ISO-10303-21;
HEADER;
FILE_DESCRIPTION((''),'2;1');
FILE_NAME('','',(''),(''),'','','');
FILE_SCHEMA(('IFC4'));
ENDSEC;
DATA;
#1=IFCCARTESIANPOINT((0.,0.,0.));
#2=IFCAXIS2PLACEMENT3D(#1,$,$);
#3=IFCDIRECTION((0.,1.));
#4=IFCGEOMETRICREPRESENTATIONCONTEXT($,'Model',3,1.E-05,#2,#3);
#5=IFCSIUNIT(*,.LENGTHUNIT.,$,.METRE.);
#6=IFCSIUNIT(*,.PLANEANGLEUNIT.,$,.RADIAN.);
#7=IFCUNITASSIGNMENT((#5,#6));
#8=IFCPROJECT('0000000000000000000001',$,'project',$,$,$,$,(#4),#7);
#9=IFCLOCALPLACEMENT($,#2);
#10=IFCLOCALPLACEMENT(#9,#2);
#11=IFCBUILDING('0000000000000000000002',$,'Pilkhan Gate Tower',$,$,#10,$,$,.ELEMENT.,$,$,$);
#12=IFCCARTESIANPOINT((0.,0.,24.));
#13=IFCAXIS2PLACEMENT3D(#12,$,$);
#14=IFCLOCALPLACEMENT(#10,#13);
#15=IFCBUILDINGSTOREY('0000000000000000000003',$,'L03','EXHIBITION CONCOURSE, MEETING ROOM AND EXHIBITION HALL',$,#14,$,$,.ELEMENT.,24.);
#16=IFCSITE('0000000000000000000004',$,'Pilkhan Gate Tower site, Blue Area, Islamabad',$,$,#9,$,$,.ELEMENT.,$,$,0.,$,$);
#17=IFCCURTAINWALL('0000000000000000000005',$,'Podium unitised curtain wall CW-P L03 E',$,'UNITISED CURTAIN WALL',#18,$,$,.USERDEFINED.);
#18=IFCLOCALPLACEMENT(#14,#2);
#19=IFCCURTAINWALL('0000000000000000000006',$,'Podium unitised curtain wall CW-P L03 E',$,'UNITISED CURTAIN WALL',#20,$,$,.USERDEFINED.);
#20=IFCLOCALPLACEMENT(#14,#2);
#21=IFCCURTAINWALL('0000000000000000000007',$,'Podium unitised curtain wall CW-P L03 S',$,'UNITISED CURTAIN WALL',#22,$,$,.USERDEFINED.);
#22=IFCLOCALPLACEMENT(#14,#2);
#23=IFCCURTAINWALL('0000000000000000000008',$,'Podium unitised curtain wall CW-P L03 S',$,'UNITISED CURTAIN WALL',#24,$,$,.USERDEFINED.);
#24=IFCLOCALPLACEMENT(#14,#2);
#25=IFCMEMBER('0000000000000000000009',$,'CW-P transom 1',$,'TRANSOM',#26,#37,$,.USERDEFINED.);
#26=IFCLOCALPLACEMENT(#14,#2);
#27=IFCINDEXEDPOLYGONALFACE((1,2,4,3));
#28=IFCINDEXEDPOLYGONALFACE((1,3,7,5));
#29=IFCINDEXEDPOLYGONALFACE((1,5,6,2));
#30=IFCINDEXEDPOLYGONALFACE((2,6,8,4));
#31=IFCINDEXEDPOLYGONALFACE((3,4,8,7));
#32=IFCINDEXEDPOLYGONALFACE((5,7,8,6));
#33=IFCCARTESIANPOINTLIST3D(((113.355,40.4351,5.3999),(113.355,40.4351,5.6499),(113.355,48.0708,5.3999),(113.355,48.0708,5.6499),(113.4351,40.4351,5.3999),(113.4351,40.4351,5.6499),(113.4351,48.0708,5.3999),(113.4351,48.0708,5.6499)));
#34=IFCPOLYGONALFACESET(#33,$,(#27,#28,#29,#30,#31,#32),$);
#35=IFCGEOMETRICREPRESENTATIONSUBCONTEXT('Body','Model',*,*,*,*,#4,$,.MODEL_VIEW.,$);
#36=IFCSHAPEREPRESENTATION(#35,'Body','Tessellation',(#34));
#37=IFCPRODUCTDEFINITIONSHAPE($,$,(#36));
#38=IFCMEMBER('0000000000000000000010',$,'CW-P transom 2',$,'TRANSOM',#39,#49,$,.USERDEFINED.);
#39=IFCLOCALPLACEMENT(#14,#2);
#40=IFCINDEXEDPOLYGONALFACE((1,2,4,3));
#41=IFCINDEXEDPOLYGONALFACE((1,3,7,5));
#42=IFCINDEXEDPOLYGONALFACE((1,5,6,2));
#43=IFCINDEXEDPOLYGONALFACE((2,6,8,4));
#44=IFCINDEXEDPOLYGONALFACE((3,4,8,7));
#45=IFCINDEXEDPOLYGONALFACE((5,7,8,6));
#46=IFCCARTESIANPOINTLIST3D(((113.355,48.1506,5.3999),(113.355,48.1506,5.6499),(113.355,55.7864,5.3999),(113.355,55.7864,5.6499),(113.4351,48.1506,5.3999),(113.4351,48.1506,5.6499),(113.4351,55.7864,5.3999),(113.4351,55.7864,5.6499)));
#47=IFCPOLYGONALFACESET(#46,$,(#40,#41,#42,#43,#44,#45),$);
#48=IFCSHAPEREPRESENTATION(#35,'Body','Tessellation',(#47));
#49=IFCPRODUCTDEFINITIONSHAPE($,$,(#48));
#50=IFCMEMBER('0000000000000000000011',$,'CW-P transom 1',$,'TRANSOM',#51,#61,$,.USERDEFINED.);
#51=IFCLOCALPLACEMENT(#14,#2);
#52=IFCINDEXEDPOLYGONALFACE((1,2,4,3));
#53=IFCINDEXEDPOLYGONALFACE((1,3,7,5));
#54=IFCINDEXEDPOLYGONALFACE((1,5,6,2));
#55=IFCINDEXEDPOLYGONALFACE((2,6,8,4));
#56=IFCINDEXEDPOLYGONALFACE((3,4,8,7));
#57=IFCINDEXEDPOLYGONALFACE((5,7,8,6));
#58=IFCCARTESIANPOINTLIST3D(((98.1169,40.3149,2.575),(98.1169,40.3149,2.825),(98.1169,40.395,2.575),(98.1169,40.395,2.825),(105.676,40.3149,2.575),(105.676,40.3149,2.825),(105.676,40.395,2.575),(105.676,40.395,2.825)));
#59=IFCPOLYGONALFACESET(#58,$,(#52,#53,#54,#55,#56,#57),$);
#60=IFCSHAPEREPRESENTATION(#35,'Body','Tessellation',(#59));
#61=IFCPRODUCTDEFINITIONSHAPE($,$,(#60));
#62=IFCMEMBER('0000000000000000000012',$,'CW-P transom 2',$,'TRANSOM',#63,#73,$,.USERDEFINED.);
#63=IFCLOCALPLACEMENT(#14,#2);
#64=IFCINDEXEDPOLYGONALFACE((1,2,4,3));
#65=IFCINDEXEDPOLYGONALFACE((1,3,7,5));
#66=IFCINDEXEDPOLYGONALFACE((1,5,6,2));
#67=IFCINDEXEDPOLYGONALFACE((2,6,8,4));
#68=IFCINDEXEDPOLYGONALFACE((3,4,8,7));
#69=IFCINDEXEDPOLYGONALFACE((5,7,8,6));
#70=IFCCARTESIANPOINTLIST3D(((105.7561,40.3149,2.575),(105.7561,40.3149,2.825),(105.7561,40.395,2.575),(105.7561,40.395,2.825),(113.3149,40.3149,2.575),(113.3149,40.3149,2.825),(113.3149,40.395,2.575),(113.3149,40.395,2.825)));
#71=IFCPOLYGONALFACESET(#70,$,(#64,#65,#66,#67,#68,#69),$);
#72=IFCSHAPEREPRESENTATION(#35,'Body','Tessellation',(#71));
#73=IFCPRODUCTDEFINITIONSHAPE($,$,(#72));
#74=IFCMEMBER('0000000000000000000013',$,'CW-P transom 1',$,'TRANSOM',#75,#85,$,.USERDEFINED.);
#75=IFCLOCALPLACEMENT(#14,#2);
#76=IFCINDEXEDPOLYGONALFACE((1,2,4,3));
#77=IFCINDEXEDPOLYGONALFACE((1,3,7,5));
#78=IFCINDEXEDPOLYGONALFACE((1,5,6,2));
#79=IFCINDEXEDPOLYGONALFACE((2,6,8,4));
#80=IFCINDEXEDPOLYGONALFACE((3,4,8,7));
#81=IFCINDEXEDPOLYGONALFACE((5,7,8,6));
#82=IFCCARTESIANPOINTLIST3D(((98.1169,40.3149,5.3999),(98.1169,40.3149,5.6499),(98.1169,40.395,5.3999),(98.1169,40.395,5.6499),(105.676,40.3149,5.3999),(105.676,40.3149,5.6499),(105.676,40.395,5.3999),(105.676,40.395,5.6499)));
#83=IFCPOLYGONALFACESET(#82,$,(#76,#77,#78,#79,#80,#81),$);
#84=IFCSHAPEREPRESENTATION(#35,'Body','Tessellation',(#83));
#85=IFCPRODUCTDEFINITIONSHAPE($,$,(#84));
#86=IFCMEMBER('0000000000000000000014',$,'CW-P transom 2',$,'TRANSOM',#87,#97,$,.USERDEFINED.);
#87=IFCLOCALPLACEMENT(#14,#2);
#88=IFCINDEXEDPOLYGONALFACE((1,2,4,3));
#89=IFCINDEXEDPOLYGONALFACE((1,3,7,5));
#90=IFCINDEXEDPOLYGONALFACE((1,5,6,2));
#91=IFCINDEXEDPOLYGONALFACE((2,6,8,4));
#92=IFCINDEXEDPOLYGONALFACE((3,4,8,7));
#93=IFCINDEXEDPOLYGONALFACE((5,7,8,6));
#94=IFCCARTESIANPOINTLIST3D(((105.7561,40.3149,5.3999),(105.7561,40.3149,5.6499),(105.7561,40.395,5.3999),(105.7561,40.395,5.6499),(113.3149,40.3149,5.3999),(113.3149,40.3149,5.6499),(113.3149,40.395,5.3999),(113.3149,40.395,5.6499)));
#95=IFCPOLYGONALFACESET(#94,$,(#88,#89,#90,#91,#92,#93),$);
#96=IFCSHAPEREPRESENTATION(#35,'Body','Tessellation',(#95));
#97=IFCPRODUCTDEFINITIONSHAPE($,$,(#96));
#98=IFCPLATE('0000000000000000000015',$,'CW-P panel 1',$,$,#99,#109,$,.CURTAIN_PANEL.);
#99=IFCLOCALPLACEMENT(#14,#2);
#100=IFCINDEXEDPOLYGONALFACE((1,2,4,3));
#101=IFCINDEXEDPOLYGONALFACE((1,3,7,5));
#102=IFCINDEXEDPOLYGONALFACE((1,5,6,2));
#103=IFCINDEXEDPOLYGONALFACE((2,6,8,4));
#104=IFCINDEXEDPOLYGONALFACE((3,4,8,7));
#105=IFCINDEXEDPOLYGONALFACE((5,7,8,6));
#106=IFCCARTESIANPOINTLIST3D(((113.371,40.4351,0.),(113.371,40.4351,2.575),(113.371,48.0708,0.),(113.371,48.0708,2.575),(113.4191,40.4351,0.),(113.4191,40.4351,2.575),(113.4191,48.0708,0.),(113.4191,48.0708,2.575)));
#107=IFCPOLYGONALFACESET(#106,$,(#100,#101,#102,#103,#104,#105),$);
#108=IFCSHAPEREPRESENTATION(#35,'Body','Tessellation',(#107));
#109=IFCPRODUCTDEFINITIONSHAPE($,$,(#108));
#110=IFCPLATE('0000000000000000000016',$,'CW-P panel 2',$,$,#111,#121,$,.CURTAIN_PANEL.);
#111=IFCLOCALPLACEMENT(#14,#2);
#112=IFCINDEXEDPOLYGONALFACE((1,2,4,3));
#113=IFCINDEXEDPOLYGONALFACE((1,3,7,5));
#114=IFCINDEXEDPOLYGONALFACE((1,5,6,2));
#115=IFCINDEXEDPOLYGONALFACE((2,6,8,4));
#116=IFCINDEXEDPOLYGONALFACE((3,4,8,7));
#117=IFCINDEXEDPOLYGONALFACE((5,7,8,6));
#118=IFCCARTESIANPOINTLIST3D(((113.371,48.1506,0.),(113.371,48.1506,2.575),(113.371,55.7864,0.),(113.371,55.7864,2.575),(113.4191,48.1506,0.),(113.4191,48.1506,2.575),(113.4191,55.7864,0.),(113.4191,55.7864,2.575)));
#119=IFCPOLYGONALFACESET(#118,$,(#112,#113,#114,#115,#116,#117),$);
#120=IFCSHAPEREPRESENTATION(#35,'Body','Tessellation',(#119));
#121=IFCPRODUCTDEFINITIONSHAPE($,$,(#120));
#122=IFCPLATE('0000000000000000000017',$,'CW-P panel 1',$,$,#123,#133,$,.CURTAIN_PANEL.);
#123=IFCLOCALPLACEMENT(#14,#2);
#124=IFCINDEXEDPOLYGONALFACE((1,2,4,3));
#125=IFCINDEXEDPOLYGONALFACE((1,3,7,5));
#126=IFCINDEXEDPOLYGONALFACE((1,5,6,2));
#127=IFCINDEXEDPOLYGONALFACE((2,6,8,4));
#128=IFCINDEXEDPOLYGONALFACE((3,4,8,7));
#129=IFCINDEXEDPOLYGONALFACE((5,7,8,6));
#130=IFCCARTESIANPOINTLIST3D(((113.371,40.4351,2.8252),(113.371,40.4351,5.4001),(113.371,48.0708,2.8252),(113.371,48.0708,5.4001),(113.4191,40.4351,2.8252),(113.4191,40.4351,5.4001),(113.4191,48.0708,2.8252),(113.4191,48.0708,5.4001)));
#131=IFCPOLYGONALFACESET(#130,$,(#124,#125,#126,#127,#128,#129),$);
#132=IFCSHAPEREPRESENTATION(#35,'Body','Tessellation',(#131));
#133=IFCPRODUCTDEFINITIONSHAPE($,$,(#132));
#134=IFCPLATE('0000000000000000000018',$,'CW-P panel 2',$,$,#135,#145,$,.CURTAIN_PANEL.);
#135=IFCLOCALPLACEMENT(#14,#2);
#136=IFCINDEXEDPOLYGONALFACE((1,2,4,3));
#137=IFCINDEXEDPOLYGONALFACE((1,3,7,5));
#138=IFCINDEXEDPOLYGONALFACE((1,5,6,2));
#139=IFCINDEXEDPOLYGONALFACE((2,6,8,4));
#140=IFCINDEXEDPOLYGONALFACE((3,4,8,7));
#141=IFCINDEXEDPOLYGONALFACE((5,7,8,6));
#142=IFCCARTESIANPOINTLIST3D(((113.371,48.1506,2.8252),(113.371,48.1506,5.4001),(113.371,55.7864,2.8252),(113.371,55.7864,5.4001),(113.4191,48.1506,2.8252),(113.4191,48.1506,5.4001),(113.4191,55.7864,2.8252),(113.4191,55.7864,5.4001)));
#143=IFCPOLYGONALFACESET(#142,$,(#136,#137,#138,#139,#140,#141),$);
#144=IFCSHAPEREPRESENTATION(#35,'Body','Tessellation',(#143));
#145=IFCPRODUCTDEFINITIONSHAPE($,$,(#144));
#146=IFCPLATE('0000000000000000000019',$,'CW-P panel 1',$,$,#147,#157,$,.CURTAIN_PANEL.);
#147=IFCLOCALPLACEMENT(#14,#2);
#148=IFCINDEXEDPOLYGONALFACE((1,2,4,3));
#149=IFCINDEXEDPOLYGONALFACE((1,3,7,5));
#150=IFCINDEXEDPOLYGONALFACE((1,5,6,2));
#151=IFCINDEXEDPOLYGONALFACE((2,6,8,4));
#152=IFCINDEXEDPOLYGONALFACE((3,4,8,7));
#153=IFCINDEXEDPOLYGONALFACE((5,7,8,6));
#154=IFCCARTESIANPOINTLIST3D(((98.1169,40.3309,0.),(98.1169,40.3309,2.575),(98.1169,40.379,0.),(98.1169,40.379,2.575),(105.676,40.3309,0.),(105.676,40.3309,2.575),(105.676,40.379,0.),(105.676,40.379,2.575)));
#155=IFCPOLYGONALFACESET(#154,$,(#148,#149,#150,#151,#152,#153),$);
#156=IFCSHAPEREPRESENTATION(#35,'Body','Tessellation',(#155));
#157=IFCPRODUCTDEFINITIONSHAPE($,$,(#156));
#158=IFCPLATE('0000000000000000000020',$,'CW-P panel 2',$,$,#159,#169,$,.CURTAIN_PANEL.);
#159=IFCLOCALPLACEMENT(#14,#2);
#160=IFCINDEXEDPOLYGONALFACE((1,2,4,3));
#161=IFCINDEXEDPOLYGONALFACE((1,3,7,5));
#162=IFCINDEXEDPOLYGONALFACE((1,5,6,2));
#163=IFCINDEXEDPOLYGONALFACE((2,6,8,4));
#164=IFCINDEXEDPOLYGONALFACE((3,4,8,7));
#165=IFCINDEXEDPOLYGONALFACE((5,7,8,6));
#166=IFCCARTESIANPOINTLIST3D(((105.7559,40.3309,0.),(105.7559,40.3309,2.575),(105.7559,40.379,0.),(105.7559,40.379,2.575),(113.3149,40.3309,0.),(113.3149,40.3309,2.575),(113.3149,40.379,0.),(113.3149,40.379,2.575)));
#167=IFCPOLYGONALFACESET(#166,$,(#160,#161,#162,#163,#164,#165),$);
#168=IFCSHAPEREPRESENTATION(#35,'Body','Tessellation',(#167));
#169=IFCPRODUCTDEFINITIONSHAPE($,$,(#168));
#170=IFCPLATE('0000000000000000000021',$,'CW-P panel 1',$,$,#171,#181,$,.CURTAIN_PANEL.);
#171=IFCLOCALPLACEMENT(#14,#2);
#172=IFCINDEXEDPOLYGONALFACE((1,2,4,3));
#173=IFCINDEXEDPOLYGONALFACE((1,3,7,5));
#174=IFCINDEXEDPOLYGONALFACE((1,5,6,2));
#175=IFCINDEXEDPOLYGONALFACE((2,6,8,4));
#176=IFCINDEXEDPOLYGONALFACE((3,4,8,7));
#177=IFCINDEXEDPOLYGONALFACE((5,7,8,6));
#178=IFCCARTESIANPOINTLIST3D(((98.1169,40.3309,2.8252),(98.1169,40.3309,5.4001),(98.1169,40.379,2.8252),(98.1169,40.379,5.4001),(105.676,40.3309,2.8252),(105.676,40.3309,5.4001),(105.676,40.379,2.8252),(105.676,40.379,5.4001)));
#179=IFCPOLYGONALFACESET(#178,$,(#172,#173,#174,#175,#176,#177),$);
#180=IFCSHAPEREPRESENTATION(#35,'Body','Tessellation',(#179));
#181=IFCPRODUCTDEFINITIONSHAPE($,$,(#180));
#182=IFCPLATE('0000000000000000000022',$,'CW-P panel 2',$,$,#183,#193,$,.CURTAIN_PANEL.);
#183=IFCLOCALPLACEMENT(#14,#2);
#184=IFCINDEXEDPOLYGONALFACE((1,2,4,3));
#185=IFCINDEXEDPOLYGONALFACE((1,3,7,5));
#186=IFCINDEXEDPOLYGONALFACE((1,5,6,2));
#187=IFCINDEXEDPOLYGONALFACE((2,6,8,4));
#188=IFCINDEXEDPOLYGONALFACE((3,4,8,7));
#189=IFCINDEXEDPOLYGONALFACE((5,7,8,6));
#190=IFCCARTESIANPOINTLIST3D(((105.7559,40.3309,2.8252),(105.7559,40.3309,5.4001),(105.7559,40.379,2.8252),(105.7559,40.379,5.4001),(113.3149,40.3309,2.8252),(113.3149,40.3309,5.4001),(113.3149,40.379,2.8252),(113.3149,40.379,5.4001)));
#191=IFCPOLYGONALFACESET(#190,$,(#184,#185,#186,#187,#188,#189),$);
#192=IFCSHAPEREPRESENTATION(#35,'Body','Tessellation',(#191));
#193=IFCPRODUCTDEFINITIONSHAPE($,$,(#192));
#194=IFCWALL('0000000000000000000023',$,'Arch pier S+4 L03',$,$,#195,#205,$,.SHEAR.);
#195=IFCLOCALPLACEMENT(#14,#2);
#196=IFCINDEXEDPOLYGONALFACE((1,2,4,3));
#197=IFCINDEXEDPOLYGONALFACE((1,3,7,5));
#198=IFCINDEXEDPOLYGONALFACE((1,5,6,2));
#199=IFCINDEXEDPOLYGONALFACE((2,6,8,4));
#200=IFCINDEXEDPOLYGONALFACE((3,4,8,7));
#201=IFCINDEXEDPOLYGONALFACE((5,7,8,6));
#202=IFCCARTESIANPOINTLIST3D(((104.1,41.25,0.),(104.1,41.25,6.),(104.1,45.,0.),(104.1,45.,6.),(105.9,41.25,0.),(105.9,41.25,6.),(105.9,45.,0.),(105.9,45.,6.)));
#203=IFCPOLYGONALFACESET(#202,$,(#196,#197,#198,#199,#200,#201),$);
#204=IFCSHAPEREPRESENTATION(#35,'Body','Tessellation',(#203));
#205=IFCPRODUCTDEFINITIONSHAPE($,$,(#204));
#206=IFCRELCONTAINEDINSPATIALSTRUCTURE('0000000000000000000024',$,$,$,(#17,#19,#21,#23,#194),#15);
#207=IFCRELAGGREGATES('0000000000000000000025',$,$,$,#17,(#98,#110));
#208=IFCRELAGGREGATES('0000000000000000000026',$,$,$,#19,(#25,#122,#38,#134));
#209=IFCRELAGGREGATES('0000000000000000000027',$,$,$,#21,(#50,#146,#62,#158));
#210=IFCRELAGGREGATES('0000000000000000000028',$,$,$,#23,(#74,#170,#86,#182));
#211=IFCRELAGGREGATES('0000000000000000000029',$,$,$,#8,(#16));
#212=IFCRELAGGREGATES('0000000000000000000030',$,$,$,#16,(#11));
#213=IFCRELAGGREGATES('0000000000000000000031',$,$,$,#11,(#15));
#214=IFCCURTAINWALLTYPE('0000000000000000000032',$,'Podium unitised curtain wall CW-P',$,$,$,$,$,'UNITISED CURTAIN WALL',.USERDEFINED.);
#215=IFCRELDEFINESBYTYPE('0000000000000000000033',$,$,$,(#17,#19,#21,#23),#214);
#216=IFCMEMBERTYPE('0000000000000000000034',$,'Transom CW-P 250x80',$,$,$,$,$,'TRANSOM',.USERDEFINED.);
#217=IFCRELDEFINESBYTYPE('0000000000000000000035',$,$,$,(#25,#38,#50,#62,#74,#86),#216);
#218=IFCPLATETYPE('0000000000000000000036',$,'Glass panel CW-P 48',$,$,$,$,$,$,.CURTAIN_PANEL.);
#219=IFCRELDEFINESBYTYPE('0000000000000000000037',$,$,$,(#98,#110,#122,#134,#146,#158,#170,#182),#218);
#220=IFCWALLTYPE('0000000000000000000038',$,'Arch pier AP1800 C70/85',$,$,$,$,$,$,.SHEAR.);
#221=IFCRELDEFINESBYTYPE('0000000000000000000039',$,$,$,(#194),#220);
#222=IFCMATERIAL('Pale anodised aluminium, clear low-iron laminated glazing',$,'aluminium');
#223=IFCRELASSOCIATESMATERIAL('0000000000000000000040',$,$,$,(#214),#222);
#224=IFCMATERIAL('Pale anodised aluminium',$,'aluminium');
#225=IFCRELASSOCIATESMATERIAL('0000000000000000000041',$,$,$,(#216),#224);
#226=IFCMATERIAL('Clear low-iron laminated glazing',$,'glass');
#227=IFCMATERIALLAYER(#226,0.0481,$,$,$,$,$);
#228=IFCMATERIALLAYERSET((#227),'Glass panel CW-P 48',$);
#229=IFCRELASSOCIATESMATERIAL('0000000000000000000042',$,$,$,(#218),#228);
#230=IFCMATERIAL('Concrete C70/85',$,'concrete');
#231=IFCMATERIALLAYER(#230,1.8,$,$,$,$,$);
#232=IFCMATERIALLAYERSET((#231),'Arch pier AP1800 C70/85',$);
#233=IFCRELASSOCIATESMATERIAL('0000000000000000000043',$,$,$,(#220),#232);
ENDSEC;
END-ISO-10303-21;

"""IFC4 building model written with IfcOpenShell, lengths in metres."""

from ifc_helpers import new_model, si_unit, direction, frame, frame_2d, origin, origin_2d, place, context, subcontext, project, spatial, rectangle, extrude, material, layer, layer_set, material_profile, profile_set, type_object, element, aggregate, save


model = new_model("IFC4")

# Units and contexts
model_context = context("Model", 3, precision=1e-05, world=origin(), true_north=direction((0.0, 1.0)))
body_context = subcontext(model_context, "Body", "Model", "MODEL_VIEW")
ifc_project = project(units=[si_unit("LENGTHUNIT", "METRE"), si_unit("PLANEANGLEUNIT", "RADIAN")], contexts=[model_context])

# Site, building, storey
site_placement = place(None, origin())
site = spatial("IfcSite", under=ifc_project, at=site_placement, Name="Pilkhan Gate Tower site, Blue Area, Islamabad", CompositionType="ELEMENT", RefElevation=0.0)
building_placement = place(site_placement, origin())
building = spatial("IfcBuilding", under=site, at=building_placement, Name="Pilkhan Gate Tower", CompositionType="ELEMENT")
storey_placement = place(building_placement, frame((0.0, 0.0, 24.0)))
storey = spatial("IfcBuildingStorey", under=building, at=storey_placement, Name="L03", Description="EXHIBITION CONCOURSE, MEETING ROOM AND EXHIBITION HALL", CompositionType="ELEMENT", Elevation=24.0)

# Curtain walls
ifc_material_1 = material(Name="Pale anodised aluminium, clear low-iron laminated glazing", Category="aluminium")
curtain_wall_type = type_object("IfcCurtainWallType", Name="Podium unitised curtain wall CW-P", ElementType="UNITISED CURTAIN WALL", PredefinedType="USERDEFINED", material=ifc_material_1)
curtain_wall_1_placement = place(storey_placement, origin())
curtain_wall_1 = element("IfcCurtainWall", 1, at=curtain_wall_1_placement, inside=storey, type_object=curtain_wall_type, Name="Podium unitised curtain wall CW-P L03 E", ObjectType="UNITISED CURTAIN WALL", PredefinedType="USERDEFINED")
ifc_material_2 = material(Name="Pale anodised aluminium", Category="aluminium")
curtain_wall_2_placement = place(storey_placement, origin())
curtain_wall_2 = element("IfcCurtainWall", 2, at=curtain_wall_2_placement, inside=storey, type_object=curtain_wall_type, Name="Podium unitised curtain wall CW-P L03 E", ObjectType="UNITISED CURTAIN WALL", PredefinedType="USERDEFINED")

# Curtain wall
curtain_wall_3_placement = place(storey_placement, origin())
curtain_wall_3 = element("IfcCurtainWall", 3, at=curtain_wall_3_placement, inside=storey, type_object=curtain_wall_type, Name="Podium unitised curtain wall CW-P L03 S", ObjectType="UNITISED CURTAIN WALL", PredefinedType="USERDEFINED")

# Curtain wall
curtain_wall_4_placement = place(storey_placement, origin())
curtain_wall_4 = element("IfcCurtainWall", 4, at=curtain_wall_4_placement, inside=storey, type_object=curtain_wall_type, Name="Podium unitised curtain wall CW-P L03 S", ObjectType="UNITISED CURTAIN WALL", PredefinedType="USERDEFINED")

# Members
ifc_material_profile_1 = material_profile(ifc_material_2, rectangle(XDim=0.0801, YDim=0.25, at=origin_2d()), Name="Transom 250x80")
ifc_profile_set_1 = profile_set([ifc_material_profile_1], Name="Pale anodised aluminium")
member_type_1 = type_object("IfcMemberType", Name="Transom CW-P 250x80", ElementType="TRANSOM", PredefinedType="USERDEFINED", material=ifc_profile_set_1)
member_1_placement = place(storey_placement, frame((113.395, 40.4351, 5.5249), z_axis=(0.0, 1.0, 0.0), x_axis=(-1.0, 0.0, 0.0)))
member_1 = element("IfcMember", 5, at=member_1_placement, type_object=member_type_1, Name="CW-P transom 1", ObjectType="TRANSOM", PredefinedType="USERDEFINED", context=body_context, shape_type="SweptSolid", body=[
    extrude(rectangle(XDim=0.0801, YDim=0.25, at=origin_2d()), origin(), (0.0, 0.0, 1.0), 7.6357),
])
member_2_placement = place(storey_placement, frame((113.395, 48.1506, 5.5249), z_axis=(0.0, 1.0, 0.0), x_axis=(-1.0, 0.0, 0.0)))
member_2 = element("IfcMember", 6, at=member_2_placement, type_object=member_type_1, Name="CW-P transom 2", ObjectType="TRANSOM", PredefinedType="USERDEFINED", context=body_context, shape_type="SweptSolid", body=[
    extrude(rectangle(XDim=0.0801, YDim=0.25, at=origin_2d()), origin(), (0.0, 0.0, 1.0), 7.6357),
])
member_3_placement = place(storey_placement, frame((98.1169, 40.355, 2.7), z_axis=(1.0, 0.0, 0.0), x_axis=(0.0, 1.0, 0.0)))
member_3 = element("IfcMember", 7, at=member_3_placement, type_object=member_type_1, Name="CW-P transom 1", ObjectType="TRANSOM", PredefinedType="USERDEFINED", context=body_context, shape_type="SweptSolid", body=[
    extrude(rectangle(XDim=0.0801, YDim=0.25, at=origin_2d()), origin(), (0.0, 0.0, 1.0), 7.5591),
])
member_4_placement = place(storey_placement, frame((105.7561, 40.355, 2.7), z_axis=(1.0, 0.0, 0.0), x_axis=(0.0, 1.0, 0.0)))
member_4 = element("IfcMember", 8, at=member_4_placement, type_object=member_type_1, Name="CW-P transom 2", ObjectType="TRANSOM", PredefinedType="USERDEFINED", context=body_context, shape_type="SweptSolid", body=[
    extrude(rectangle(XDim=0.0801, YDim=0.25, at=origin_2d()), origin(), (0.0, 0.0, 1.0), 7.5588),
])
member_5_placement = place(storey_placement, frame((98.1169, 40.355, 5.5249), z_axis=(1.0, 0.0, 0.0), x_axis=(0.0, 1.0, 0.0)))
member_5 = element("IfcMember", 9, at=member_5_placement, type_object=member_type_1, Name="CW-P transom 1", ObjectType="TRANSOM", PredefinedType="USERDEFINED", context=body_context, shape_type="SweptSolid", body=[
    extrude(rectangle(XDim=0.0801, YDim=0.25, at=origin_2d()), origin(), (0.0, 0.0, 1.0), 7.5591),
])
member_6_placement = place(storey_placement, frame((105.7561, 40.355, 5.5249), z_axis=(1.0, 0.0, 0.0), x_axis=(0.0, 1.0, 0.0)))
member_6 = element("IfcMember", 10, at=member_6_placement, type_object=member_type_1, Name="CW-P transom 2", ObjectType="TRANSOM", PredefinedType="USERDEFINED", context=body_context, shape_type="SweptSolid", body=[
    extrude(rectangle(XDim=0.0801, YDim=0.25, at=origin_2d()), origin(), (0.0, 0.0, 1.0), 7.5588),
])

# Plates
ifc_material_3 = material(Name="Clear low-iron laminated glazing", Category="glass")
ifc_layer_1 = layer(ifc_material_3, 0.0481)
ifc_layer_set_1 = layer_set([ifc_layer_1], Name="Glass panel CW-P 48")
plate_type = type_object("IfcPlateType", Name="Glass panel CW-P 48", PredefinedType="CURTAIN_PANEL", material=ifc_layer_set_1)
plate_1_placement = place(storey_placement, frame((113.395, 44.2529, 0.0), z_axis=(0.0, 0.0, 1.0), x_axis=(0.0, 1.0, 0.0)))
plate_1 = element("IfcPlate", 11, at=plate_1_placement, type_object=plate_type, Name="CW-P panel 1", PredefinedType="CURTAIN_PANEL", context=body_context, shape_type="SweptSolid", body=[
    extrude(rectangle(XDim=7.6357, YDim=0.0481, at=origin_2d()), origin(), (0.0, 0.0, 1.0), 2.575),
])
plate_2_placement = place(storey_placement, frame((113.395, 51.9685, 0.0), z_axis=(0.0, 0.0, 1.0), x_axis=(0.0, 1.0, 0.0)))
plate_2 = element("IfcPlate", 12, at=plate_2_placement, type_object=plate_type, Name="CW-P panel 2", PredefinedType="CURTAIN_PANEL", context=body_context, shape_type="SweptSolid", body=[
    extrude(rectangle(XDim=7.6357, YDim=0.0481, at=origin_2d()), origin(), (0.0, 0.0, 1.0), 2.575),
])
aggregate(curtain_wall_1, [plate_1, plate_2])
plate_3_placement = place(storey_placement, frame((113.395, 44.2529, 2.8252), z_axis=(0.0, 0.0, 1.0), x_axis=(0.0, 1.0, 0.0)))
plate_3 = element("IfcPlate", 13, at=plate_3_placement, type_object=plate_type, Name="CW-P panel 1", PredefinedType="CURTAIN_PANEL", context=body_context, shape_type="SweptSolid", body=[
    extrude(rectangle(XDim=7.6357, YDim=0.0481, at=origin_2d()), origin(), (0.0, 0.0, 1.0), 2.575),
])
plate_4_placement = place(storey_placement, frame((113.395, 51.9685, 2.8252), z_axis=(0.0, 0.0, 1.0), x_axis=(0.0, 1.0, 0.0)))
plate_4 = element("IfcPlate", 14, at=plate_4_placement, type_object=plate_type, Name="CW-P panel 2", PredefinedType="CURTAIN_PANEL", context=body_context, shape_type="SweptSolid", body=[
    extrude(rectangle(XDim=7.6357, YDim=0.0481, at=origin_2d()), origin(), (0.0, 0.0, 1.0), 2.575),
])
aggregate(curtain_wall_2, [member_1, plate_3, member_2, plate_4])
plate_5_placement = place(storey_placement, frame((101.8965, 40.355, 0.0), z_axis=(0.0, 0.0, 1.0), x_axis=(1.0, 0.0, 0.0)))
plate_5 = element("IfcPlate", 15, at=plate_5_placement, type_object=plate_type, Name="CW-P panel 1", PredefinedType="CURTAIN_PANEL", context=body_context, shape_type="SweptSolid", body=[
    extrude(rectangle(XDim=7.5591, YDim=0.0481, at=origin_2d()), origin(), (0.0, 0.0, 1.0), 2.575),
])
plate_6_placement = place(storey_placement, frame((109.5354, 40.355, 0.0), z_axis=(0.0, 0.0, 1.0), x_axis=(1.0, 0.0, 0.0)))
plate_6 = element("IfcPlate", 16, at=plate_6_placement, type_object=plate_type, Name="CW-P panel 2", PredefinedType="CURTAIN_PANEL", context=body_context, shape_type="SweptSolid", body=[
    extrude(rectangle(XDim=7.5591, YDim=0.0481, at=origin_2d()), origin(), (0.0, 0.0, 1.0), 2.575),
])
aggregate(curtain_wall_3, [member_3, plate_5, member_4, plate_6])
plate_7_placement = place(storey_placement, frame((101.8965, 40.355, 2.8252), z_axis=(0.0, 0.0, 1.0), x_axis=(1.0, 0.0, 0.0)))
plate_7 = element("IfcPlate", 17, at=plate_7_placement, type_object=plate_type, Name="CW-P panel 1", PredefinedType="CURTAIN_PANEL", context=body_context, shape_type="SweptSolid", body=[
    extrude(rectangle(XDim=7.5591, YDim=0.0481, at=origin_2d()), origin(), (0.0, 0.0, 1.0), 2.575),
])
plate_8_placement = place(storey_placement, frame((109.5354, 40.355, 2.8252), z_axis=(0.0, 0.0, 1.0), x_axis=(1.0, 0.0, 0.0)))
plate_8 = element("IfcPlate", 18, at=plate_8_placement, type_object=plate_type, Name="CW-P panel 2", PredefinedType="CURTAIN_PANEL", context=body_context, shape_type="SweptSolid", body=[
    extrude(rectangle(XDim=7.5591, YDim=0.0481, at=origin_2d()), origin(), (0.0, 0.0, 1.0), 2.575),
])
aggregate(curtain_wall_4, [member_5, plate_7, member_6, plate_8])

# Wall
ifc_material_4 = material(Name="Concrete C70/85", Category="concrete")
ifc_layer_2 = layer(ifc_material_4, 1.8)
ifc_layer_set_2 = layer_set([ifc_layer_2], Name="Arch pier AP1800 C70/85")
wall_type_1 = type_object("IfcWallType", Name="Arch pier AP1800 C70/85", PredefinedType="SHEAR", material=ifc_layer_set_2)
wall_1_placement = place(storey_placement, frame((105.0, 41.25, 0.0), z_axis=(0.0, 0.0, 1.0), x_axis=(0.0, 1.0, 0.0)))
element("IfcWall", 19, at=wall_1_placement, inside=storey, type_object=wall_type_1, Name="Arch pier S+4 L03", PredefinedType="SHEAR", context=body_context, shape_type="SweptSolid", body=[
    extrude(rectangle(XDim=3.75, YDim=1.8, at=frame_2d((1.875, 0.0))), origin(), (0.0, 0.0, 1.0), 6.0),
])

save(model, "model.ifc")
